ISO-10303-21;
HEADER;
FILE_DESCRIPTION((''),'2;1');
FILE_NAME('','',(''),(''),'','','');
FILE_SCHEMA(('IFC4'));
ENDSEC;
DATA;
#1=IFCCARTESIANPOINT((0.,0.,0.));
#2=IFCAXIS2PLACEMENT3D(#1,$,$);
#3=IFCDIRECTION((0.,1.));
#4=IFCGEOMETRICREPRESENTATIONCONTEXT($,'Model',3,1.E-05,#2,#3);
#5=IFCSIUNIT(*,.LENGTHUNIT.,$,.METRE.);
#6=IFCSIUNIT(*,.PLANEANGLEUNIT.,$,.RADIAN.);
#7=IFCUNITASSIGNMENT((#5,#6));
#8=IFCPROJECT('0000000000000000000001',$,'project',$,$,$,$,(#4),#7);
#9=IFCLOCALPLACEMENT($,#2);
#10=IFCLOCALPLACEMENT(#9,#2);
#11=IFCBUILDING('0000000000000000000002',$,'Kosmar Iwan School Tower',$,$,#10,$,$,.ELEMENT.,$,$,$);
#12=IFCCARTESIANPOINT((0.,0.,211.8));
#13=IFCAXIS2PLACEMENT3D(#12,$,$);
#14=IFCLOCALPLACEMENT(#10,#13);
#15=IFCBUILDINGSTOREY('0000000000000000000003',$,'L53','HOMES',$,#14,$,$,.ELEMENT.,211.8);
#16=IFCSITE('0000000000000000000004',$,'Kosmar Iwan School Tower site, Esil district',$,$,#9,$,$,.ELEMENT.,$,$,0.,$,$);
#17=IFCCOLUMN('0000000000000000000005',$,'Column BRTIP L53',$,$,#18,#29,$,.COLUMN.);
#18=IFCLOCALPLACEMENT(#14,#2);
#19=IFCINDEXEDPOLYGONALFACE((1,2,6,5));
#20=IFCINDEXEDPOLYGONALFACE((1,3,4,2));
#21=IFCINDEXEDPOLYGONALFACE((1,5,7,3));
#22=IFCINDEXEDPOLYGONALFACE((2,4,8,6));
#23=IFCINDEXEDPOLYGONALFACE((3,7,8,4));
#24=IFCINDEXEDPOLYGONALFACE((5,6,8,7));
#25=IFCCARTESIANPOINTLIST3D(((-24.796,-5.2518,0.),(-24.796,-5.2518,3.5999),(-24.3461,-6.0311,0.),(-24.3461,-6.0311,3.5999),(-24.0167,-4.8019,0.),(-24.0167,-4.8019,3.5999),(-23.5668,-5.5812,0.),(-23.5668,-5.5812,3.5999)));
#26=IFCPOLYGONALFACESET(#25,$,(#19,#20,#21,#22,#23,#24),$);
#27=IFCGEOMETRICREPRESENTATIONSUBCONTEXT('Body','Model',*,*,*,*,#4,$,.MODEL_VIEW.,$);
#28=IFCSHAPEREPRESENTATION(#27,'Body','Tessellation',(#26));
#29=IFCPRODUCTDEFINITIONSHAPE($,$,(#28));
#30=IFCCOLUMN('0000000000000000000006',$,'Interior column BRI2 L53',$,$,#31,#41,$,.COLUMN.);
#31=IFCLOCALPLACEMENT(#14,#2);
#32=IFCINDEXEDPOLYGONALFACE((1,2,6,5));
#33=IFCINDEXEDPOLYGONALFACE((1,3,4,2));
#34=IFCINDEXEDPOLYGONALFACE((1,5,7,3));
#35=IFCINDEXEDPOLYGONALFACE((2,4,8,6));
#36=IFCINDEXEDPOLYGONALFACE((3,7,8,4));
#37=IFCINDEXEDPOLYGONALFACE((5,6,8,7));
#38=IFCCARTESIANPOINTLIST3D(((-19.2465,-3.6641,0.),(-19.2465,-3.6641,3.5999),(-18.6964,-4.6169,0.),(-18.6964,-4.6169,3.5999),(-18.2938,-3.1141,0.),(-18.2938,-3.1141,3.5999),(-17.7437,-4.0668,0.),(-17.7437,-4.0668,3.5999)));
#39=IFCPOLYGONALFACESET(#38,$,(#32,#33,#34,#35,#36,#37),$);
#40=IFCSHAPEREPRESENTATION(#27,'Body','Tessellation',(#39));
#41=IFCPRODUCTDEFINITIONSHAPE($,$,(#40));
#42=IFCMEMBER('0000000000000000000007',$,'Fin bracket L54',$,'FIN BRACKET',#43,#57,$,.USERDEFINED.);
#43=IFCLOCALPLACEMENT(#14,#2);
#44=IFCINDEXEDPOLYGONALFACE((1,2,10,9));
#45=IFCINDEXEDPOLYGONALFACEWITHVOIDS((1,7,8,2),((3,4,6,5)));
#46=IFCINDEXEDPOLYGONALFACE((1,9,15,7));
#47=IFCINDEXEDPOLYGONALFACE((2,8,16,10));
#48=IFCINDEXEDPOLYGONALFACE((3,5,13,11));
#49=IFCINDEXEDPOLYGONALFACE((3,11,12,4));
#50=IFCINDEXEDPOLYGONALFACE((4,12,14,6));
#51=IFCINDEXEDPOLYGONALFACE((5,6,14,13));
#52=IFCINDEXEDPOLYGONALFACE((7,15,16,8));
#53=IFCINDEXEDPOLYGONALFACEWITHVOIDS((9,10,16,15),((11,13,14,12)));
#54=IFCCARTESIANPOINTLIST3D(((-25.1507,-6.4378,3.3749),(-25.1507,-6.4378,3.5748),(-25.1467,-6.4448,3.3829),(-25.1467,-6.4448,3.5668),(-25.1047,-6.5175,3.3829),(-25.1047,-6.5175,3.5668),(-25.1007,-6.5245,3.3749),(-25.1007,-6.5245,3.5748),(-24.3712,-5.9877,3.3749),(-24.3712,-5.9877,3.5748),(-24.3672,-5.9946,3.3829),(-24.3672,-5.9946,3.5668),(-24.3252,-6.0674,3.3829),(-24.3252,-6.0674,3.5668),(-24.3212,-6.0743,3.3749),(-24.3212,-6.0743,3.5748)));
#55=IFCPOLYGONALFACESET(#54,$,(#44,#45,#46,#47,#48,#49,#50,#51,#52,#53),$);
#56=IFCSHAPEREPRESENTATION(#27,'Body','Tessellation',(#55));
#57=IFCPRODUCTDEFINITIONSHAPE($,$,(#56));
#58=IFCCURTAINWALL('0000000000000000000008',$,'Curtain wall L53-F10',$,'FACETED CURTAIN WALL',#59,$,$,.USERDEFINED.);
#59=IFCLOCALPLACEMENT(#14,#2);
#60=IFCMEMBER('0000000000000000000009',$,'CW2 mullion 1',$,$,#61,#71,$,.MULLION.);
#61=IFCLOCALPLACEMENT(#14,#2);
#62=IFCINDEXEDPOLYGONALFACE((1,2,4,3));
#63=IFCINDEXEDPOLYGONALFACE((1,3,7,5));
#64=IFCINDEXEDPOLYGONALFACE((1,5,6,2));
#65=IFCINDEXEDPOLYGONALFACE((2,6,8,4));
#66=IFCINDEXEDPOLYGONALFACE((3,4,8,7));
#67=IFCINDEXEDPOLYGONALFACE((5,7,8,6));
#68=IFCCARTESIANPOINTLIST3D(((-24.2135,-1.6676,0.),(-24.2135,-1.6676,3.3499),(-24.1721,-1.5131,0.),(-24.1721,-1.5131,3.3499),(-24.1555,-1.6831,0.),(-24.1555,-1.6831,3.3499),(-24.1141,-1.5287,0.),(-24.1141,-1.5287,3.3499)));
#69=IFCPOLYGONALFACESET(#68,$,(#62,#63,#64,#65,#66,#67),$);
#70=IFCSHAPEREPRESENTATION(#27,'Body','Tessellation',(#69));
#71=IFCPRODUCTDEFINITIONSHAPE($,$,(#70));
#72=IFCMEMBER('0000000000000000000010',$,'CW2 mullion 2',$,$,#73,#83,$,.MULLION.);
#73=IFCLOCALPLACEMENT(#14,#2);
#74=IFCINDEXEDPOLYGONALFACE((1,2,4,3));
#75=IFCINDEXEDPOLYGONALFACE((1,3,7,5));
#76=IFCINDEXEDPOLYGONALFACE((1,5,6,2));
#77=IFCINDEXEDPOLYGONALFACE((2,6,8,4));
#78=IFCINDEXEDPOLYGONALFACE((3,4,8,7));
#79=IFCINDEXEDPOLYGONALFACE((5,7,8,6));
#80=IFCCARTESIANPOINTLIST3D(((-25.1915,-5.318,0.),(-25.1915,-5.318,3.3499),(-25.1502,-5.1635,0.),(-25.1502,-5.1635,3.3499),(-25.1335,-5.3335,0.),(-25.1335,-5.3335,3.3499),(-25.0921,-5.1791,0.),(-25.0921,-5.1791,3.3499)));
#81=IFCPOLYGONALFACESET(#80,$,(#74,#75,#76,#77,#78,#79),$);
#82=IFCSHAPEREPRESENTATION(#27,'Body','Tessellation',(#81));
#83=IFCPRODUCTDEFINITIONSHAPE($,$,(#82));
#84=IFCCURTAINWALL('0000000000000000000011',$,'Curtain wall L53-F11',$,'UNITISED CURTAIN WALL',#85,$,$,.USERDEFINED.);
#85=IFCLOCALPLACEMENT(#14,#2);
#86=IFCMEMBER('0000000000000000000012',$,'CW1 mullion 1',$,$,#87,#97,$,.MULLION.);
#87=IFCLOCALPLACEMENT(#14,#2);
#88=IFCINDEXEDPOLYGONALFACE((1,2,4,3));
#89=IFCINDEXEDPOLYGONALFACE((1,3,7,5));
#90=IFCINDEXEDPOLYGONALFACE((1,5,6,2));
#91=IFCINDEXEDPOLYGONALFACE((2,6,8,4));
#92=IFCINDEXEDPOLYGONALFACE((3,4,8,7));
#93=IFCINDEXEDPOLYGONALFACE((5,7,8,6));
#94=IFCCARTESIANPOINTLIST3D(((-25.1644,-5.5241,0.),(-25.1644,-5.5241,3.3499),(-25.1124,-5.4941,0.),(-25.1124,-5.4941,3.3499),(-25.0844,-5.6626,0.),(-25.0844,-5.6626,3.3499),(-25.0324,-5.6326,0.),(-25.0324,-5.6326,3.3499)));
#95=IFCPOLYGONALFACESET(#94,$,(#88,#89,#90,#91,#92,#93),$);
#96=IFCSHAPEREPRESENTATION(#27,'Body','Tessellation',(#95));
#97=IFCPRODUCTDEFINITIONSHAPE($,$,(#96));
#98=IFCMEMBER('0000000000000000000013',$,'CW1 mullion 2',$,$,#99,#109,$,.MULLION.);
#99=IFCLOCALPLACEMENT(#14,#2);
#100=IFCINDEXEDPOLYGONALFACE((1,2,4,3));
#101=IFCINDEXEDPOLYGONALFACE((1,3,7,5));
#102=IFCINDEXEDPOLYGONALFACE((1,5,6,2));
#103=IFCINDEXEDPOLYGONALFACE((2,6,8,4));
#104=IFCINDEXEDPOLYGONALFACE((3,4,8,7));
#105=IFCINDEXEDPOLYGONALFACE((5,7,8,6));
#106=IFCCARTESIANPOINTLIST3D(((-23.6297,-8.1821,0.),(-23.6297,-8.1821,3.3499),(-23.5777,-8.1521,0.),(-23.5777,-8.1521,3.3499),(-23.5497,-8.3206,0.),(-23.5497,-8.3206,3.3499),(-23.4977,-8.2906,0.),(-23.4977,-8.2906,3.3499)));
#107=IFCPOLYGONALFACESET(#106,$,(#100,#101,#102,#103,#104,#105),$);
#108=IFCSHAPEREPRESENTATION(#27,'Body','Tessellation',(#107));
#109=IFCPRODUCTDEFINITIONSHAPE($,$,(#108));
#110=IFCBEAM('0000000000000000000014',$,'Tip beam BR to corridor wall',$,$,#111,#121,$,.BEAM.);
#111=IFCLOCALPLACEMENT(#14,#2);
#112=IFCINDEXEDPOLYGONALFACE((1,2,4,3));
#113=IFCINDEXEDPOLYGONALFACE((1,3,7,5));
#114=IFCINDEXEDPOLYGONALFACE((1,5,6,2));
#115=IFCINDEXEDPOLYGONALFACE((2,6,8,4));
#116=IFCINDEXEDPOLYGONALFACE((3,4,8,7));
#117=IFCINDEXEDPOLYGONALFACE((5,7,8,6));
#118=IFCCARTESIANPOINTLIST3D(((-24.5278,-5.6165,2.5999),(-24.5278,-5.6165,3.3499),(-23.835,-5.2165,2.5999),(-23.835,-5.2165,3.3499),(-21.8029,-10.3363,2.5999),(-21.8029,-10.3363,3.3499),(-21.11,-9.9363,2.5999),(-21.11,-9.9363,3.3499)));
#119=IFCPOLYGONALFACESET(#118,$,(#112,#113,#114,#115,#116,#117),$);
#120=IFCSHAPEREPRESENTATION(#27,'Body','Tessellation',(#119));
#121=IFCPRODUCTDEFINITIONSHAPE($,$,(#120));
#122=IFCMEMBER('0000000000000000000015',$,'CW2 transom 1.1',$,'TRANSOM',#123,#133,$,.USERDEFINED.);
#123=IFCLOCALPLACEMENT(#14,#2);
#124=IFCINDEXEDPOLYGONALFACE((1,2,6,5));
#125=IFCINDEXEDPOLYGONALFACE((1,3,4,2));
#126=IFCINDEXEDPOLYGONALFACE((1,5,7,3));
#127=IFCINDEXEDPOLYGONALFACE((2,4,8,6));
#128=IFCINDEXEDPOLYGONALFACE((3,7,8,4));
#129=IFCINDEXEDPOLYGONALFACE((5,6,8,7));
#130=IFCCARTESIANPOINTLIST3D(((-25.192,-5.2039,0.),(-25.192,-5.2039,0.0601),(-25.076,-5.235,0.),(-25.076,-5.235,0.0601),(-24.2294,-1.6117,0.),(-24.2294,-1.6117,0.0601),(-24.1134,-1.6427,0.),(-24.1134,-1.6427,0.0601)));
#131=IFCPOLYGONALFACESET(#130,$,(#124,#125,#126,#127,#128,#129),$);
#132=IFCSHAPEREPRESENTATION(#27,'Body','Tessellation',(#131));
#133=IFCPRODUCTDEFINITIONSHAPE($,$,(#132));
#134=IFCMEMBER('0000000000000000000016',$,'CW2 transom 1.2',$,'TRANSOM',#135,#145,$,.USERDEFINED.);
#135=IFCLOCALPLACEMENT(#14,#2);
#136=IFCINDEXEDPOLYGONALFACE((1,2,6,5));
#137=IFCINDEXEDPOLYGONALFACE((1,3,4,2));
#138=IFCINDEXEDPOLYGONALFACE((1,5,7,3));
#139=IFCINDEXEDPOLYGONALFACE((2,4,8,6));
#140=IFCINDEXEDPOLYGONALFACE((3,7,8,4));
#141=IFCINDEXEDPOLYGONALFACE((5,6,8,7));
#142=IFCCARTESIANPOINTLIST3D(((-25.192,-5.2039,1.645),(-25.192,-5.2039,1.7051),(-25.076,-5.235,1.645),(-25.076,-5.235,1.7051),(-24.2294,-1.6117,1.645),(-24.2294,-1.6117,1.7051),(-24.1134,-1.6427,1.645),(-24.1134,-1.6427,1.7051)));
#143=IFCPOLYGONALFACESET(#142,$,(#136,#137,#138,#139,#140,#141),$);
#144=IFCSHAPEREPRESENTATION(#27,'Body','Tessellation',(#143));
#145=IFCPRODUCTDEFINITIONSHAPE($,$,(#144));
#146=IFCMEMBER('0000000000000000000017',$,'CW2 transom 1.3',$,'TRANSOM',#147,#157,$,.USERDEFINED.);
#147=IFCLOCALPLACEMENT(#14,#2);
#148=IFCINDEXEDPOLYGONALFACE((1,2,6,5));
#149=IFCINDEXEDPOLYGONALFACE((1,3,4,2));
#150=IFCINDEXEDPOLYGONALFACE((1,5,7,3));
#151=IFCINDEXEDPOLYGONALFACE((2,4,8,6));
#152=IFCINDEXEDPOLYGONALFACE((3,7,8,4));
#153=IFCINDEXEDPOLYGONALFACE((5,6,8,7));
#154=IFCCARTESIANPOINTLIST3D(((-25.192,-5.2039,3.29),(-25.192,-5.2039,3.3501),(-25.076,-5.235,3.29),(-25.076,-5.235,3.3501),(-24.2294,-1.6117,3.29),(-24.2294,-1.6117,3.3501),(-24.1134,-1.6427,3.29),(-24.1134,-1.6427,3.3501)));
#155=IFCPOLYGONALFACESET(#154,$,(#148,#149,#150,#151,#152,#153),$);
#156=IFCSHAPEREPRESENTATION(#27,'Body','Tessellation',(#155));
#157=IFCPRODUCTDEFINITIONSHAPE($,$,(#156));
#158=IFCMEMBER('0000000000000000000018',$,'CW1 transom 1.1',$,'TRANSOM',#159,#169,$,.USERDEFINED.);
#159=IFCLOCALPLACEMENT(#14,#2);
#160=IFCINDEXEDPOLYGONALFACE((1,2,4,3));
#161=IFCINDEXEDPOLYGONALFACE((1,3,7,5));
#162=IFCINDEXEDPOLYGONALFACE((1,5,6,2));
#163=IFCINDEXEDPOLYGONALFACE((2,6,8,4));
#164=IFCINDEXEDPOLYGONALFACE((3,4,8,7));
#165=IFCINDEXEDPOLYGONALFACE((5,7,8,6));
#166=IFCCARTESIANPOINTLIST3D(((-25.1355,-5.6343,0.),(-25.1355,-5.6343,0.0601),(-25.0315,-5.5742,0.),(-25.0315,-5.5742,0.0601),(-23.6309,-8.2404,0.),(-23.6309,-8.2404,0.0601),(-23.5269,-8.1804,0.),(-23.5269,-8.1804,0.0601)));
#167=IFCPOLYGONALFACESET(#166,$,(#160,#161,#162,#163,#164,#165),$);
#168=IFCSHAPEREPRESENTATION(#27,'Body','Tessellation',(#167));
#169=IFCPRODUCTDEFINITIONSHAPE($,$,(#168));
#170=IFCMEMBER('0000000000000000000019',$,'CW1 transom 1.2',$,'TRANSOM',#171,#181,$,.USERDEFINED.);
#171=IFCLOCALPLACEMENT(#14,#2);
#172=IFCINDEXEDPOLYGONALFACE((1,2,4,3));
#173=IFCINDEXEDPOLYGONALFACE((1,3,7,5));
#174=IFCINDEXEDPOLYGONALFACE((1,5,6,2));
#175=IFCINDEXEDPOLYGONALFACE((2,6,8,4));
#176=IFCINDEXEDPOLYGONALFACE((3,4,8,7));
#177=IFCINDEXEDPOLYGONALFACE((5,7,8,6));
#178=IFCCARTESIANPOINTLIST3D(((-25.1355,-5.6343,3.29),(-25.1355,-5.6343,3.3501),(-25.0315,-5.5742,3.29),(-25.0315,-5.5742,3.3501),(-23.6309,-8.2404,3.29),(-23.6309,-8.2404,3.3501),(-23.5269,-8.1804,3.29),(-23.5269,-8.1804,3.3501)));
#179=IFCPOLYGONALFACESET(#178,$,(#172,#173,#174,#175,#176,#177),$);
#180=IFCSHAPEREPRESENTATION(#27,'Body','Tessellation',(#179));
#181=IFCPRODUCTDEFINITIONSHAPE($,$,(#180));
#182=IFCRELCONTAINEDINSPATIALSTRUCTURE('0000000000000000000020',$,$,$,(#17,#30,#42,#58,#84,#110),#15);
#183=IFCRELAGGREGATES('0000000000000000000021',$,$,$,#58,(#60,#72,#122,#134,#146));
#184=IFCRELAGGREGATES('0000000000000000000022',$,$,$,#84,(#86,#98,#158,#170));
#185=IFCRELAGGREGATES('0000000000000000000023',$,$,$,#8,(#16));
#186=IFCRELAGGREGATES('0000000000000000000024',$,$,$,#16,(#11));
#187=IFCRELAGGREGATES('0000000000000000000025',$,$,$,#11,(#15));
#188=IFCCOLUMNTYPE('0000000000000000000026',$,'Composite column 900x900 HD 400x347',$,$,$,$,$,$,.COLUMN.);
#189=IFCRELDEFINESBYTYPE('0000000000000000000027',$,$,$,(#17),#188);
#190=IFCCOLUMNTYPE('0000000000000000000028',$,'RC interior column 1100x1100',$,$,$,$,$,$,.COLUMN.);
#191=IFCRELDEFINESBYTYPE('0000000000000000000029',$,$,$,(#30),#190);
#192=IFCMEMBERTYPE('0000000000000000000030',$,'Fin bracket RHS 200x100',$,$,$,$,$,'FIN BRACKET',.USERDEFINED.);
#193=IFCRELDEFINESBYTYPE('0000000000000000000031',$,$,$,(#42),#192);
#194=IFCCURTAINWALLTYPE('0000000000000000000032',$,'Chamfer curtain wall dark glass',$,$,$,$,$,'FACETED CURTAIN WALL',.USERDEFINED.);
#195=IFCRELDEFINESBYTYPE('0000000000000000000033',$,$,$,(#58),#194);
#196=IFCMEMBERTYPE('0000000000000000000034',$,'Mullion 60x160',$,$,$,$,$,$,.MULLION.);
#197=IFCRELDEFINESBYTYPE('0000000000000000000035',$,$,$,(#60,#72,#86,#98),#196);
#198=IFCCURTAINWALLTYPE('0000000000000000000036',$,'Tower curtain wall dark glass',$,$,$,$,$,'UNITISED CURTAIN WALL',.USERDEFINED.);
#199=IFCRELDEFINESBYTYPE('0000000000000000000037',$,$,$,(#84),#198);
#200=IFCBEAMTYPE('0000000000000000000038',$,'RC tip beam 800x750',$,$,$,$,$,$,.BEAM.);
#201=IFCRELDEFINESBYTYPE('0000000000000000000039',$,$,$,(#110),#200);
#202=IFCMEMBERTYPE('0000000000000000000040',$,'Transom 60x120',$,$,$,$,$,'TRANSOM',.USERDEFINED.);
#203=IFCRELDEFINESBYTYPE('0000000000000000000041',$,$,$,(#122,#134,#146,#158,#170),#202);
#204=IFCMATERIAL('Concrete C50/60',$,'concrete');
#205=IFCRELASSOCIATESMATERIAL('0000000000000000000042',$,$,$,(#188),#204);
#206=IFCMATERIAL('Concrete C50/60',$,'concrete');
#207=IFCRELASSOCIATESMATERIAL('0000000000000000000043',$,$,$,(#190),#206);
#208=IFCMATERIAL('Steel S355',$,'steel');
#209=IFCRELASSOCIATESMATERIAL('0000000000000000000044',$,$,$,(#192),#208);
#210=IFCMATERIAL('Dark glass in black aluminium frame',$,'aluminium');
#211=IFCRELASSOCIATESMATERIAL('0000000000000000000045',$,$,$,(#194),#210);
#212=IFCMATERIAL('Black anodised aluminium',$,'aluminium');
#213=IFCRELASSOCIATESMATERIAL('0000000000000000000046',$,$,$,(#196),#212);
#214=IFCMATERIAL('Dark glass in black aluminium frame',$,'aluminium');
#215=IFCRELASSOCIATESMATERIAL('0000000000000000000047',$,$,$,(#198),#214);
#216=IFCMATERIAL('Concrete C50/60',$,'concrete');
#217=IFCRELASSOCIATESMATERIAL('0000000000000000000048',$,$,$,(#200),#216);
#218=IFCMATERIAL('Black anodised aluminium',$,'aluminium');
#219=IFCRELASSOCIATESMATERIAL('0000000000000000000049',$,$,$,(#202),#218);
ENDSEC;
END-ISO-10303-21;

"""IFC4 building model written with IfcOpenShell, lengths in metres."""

from ifc_helpers import new_model, si_unit, direction, frame, origin, origin_2d, place, context, subcontext, project, spatial, rectangle, hollow_rectangle, extrude, material, material_profile, profile_set, type_object, element, aggregate, save


model = new_model("IFC4")

# Units and contexts
model_context = context("Model", 3, precision=1e-05, world=origin(), true_north=direction((0.0, 1.0)))
body_context = subcontext(model_context, "Body", "Model", "MODEL_VIEW")
ifc_project = project(units=[si_unit("LENGTHUNIT", "METRE"), si_unit("PLANEANGLEUNIT", "RADIAN")], contexts=[model_context])

# Site, building, storey
site_placement = place(None, origin())
site = spatial("IfcSite", under=ifc_project, at=site_placement, Name="Kosmar Iwan School Tower site, Esil district", CompositionType="ELEMENT", RefElevation=0.0)
building_placement = place(site_placement, origin())
building = spatial("IfcBuilding", under=site, at=building_placement, Name="Kosmar Iwan School Tower", CompositionType="ELEMENT")
storey_placement = place(building_placement, frame((0.0, 0.0, 211.8)))
storey = spatial("IfcBuildingStorey", under=building, at=storey_placement, Name="L53", Description="HOMES", CompositionType="ELEMENT", Elevation=211.8)

# Columns
ifc_material_1 = material(Name="Concrete C50/60", Category="concrete")
ifc_material_profile_1 = material_profile(ifc_material_1, rectangle(XDim=0.8999, YDim=0.8999, at=origin_2d()), Name="RC 900x900 + HD 400x347")
ifc_profile_set_1 = profile_set([ifc_material_profile_1], Name="Concrete C50/60")
column_type_1 = type_object("IfcColumnType", Name="Composite column 900x900 HD 400x347", PredefinedType="COLUMN", material=ifc_profile_set_1)
column_1_placement = place(storey_placement, frame((-24.1814, -5.4165, 0.0), z_axis=(0.0, 0.0, 1.0), x_axis=(-0.866025, -0.5, 0.0)))
element("IfcColumn", 1, at=column_1_placement, inside=storey, type_object=column_type_1, Name="Column BRTIP L53", PredefinedType="COLUMN", context=body_context, shape_type="SweptSolid", body=[
    extrude(rectangle(XDim=0.8999, YDim=0.8999, at=origin_2d()), origin(), (0.0, 0.0, 1.0), 3.5999),
])
ifc_material_2 = material(Name="Concrete C50/60", Category="concrete")
ifc_material_profile_2 = material_profile(ifc_material_2, rectangle(XDim=1.1001, YDim=1.1001, at=origin_2d()), Name="RC 1100x1100")
ifc_profile_set_2 = profile_set([ifc_material_profile_2], Name="Concrete C50/60")
column_type_2 = type_object("IfcColumnType", Name="RC interior column 1100x1100", PredefinedType="COLUMN", material=ifc_profile_set_2)
column_2_placement = place(storey_placement, frame((-18.4951, -3.8655, 0.0), z_axis=(0.0, 0.0, 1.0), x_axis=(-0.866025, -0.5, 0.0)))
element("IfcColumn", 2, at=column_2_placement, inside=storey, type_object=column_type_2, Name="Interior column BRI2 L53", PredefinedType="COLUMN", context=body_context, shape_type="SweptSolid", body=[
    extrude(rectangle(XDim=1.1001, YDim=1.1001, at=origin_2d()), origin(), (0.0, 0.0, 1.0), 3.5999),
])

# Member
ifc_material_3 = material(Name="Steel S355", Category="steel")
ifc_material_profile_3 = material_profile(ifc_material_3, hollow_rectangle(XDim=0.1001, YDim=0.2, WallThickness=0.0081, at=origin_2d()), Name="RHS 200x100x8")
ifc_profile_set_3 = profile_set([ifc_material_profile_3], Name="Steel S355")
member_type_1 = type_object("IfcMemberType", Name="Fin bracket RHS 200x100", ElementType="FIN BRACKET", PredefinedType="USERDEFINED", material=ifc_profile_set_3)
member_1_placement = place(storey_placement, frame((-24.3462, -6.031, 3.4749), z_axis=(-0.865964, -0.500106, 0.0), x_axis=(0.500106, -0.865964, 0.0)))
element("IfcMember", 3, at=member_1_placement, inside=storey, type_object=member_type_1, Name="Fin bracket L54", ObjectType="FIN BRACKET", PredefinedType="USERDEFINED", context=body_context, shape_type="SweptSolid", body=[
    extrude(hollow_rectangle(XDim=0.1001, YDim=0.2, WallThickness=0.0081, at=origin_2d()), origin(), (0.0, 0.0, 1.0), 0.9001),
])

# Curtain walls, members
ifc_material_4 = material(Name="Dark glass in black aluminium frame", Category="aluminium")
curtain_wall_type_1 = type_object("IfcCurtainWallType", Name="Chamfer curtain wall dark glass", ElementType="FACETED CURTAIN WALL", PredefinedType="USERDEFINED", material=ifc_material_4)
curtain_wall_1_placement = place(storey_placement, origin())
curtain_wall_1 = element("IfcCurtainWall", 4, at=curtain_wall_1_placement, inside=storey, type_object=curtain_wall_type_1, Name="Curtain wall L53-F10", ObjectType="FACETED CURTAIN WALL", PredefinedType="USERDEFINED")
ifc_material_5 = material(Name="Black anodised aluminium", Category="aluminium")
ifc_material_profile_4 = material_profile(ifc_material_5, rectangle(XDim=0.0601, YDim=0.1599, at=origin_2d()), Name="MULLION 60x160")
ifc_profile_set_4 = profile_set([ifc_material_profile_4], Name="Black anodised aluminium")
member_type_2 = type_object("IfcMemberType", Name="Mullion 60x160", PredefinedType="MULLION", material=ifc_profile_set_4)
member_2_placement = place(storey_placement, frame((-24.1638, -1.5981, 0.0), z_axis=(0.0, 0.0, 1.0), x_axis=(0.965926, -0.258819, 0.0)))
member_2 = element("IfcMember", 5, at=member_2_placement, type_object=member_type_2, Name="CW2 mullion 1", PredefinedType="MULLION", context=body_context, shape_type="SweptSolid", body=[
    extrude(rectangle(XDim=0.0601, YDim=0.1599, at=origin_2d()), origin(), (0.0, 0.0, 1.0), 3.3499),
])
member_3_placement = place(storey_placement, frame((-25.1418, -5.2485, 0.0), z_axis=(0.0, 0.0, 1.0), x_axis=(0.965926, -0.258819, 0.0)))
member_3 = element("IfcMember", 6, at=member_3_placement, type_object=member_type_2, Name="CW2 mullion 2", PredefinedType="MULLION", context=body_context, shape_type="SweptSolid", body=[
    extrude(rectangle(XDim=0.0601, YDim=0.1599, at=origin_2d()), origin(), (0.0, 0.0, 1.0), 3.3499),
])
ifc_material_6 = material(Name="Dark glass in black aluminium frame", Category="aluminium")
curtain_wall_type_2 = type_object("IfcCurtainWallType", Name="Tower curtain wall dark glass", ElementType="UNITISED CURTAIN WALL", PredefinedType="USERDEFINED", material=ifc_material_6)
curtain_wall_2_placement = place(storey_placement, origin())
curtain_wall_2 = element("IfcCurtainWall", 7, at=curtain_wall_2_placement, inside=storey, type_object=curtain_wall_type_2, Name="Curtain wall L53-F11", ObjectType="UNITISED CURTAIN WALL", PredefinedType="USERDEFINED")
member_4_placement = place(storey_placement, frame((-25.0984, -5.5784, 0.0), z_axis=(0.0, 0.0, 1.0), x_axis=(0.866025, 0.5, 0.0)))
member_4 = element("IfcMember", 8, at=member_4_placement, type_object=member_type_2, Name="CW1 mullion 1", PredefinedType="MULLION", context=body_context, shape_type="SweptSolid", body=[
    extrude(rectangle(XDim=0.0601, YDim=0.1599, at=origin_2d()), origin(), (0.0, 0.0, 1.0), 3.3499),
])
member_5_placement = place(storey_placement, frame((-23.5637, -8.2363, 0.0), z_axis=(0.0, 0.0, 1.0), x_axis=(0.866025, 0.5, 0.0)))
member_5 = element("IfcMember", 9, at=member_5_placement, type_object=member_type_2, Name="CW1 mullion 2", PredefinedType="MULLION", context=body_context, shape_type="SweptSolid", body=[
    extrude(rectangle(XDim=0.0601, YDim=0.1599, at=origin_2d()), origin(), (0.0, 0.0, 1.0), 3.3499),
])

# Beam
ifc_material_7 = material(Name="Concrete C50/60", Category="concrete")
ifc_material_profile_5 = material_profile(ifc_material_7, rectangle(XDim=0.8, YDim=0.75, at=origin_2d()), Name="RC 800x750")
ifc_profile_set_5 = profile_set([ifc_material_profile_5], Name="Concrete C50/60")
beam_type = type_object("IfcBeamType", Name="RC tip beam 800x750", PredefinedType="BEAM", material=ifc_profile_set_5)
beam_placement = place(storey_placement, frame((-24.1814, -5.4165, 2.9749), z_axis=(0.499989, -0.866032, 0.0), x_axis=(0.866032, 0.499989, 0.0)))
element("IfcBeam", 10, at=beam_placement, inside=storey, type_object=beam_type, Name="Tip beam BR to corridor wall", PredefinedType="BEAM", context=body_context, shape_type="SweptSolid", body=[
    extrude(rectangle(XDim=0.8, YDim=0.75, at=origin_2d()), origin(), (0.0, 0.0, 1.0), 5.45),
])

# Members
ifc_material_8 = material(Name="Black anodised aluminium", Category="aluminium")
ifc_material_profile_6 = material_profile(ifc_material_8, rectangle(XDim=0.1201, YDim=0.0601, at=origin_2d()), Name="TRANSOM 60x120")
ifc_profile_set_6 = profile_set([ifc_material_profile_6], Name="Black anodised aluminium")
member_type_3 = type_object("IfcMemberType", Name="Transom 60x120", ElementType="TRANSOM", PredefinedType="USERDEFINED", material=ifc_profile_set_6)
member_6_placement = place(storey_placement, frame((-24.1714, -1.6272, 0.03), z_axis=(-0.258843, -0.965919, 0.0), x_axis=(0.965919, -0.258843, 0.0)))
member_6 = element("IfcMember", 11, at=member_6_placement, type_object=member_type_3, Name="CW2 transom 1.1", ObjectType="TRANSOM", PredefinedType="USERDEFINED", context=body_context, shape_type="SweptSolid", body=[
    extrude(rectangle(XDim=0.1201, YDim=0.0601, at=origin_2d()), origin(), (0.0, 0.0, 1.0), 3.719),
])
member_7_placement = place(storey_placement, frame((-24.1714, -1.6272, 1.675), z_axis=(-0.258843, -0.965919, 0.0), x_axis=(0.965919, -0.258843, 0.0)))
member_7 = element("IfcMember", 12, at=member_7_placement, type_object=member_type_3, Name="CW2 transom 1.2", ObjectType="TRANSOM", PredefinedType="USERDEFINED", context=body_context, shape_type="SweptSolid", body=[
    extrude(rectangle(XDim=0.1201, YDim=0.0601, at=origin_2d()), origin(), (0.0, 0.0, 1.0), 3.719),
])
member_8_placement = place(storey_placement, frame((-24.1714, -1.6272, 3.3201), z_axis=(-0.258843, -0.965919, 0.0), x_axis=(0.965919, -0.258843, 0.0)))
member_8 = element("IfcMember", 13, at=member_8_placement, type_object=member_type_3, Name="CW2 transom 1.3", ObjectType="TRANSOM", PredefinedType="USERDEFINED", context=body_context, shape_type="SweptSolid", body=[
    extrude(rectangle(XDim=0.1201, YDim=0.0601, at=origin_2d()), origin(), (0.0, 0.0, 1.0), 3.719),
])
member_9_placement = place(storey_placement, frame((-25.0835, -5.6042, 0.03), z_axis=(0.499987, -0.866033, 0.0), x_axis=(0.866033, 0.499987, 0.0)))
member_9 = element("IfcMember", 14, at=member_9_placement, type_object=member_type_3, Name="CW1 transom 1.1", ObjectType="TRANSOM", PredefinedType="USERDEFINED", context=body_context, shape_type="SweptSolid", body=[
    extrude(rectangle(XDim=0.1201, YDim=0.0601, at=origin_2d()), origin(), (0.0, 0.0, 1.0), 3.0093),
])
member_10_placement = place(storey_placement, frame((-25.0835, -5.6042, 3.3201), z_axis=(0.499987, -0.866033, 0.0), x_axis=(0.866033, 0.499987, 0.0)))
member_10 = element("IfcMember", 15, at=member_10_placement, type_object=member_type_3, Name="CW1 transom 1.2", ObjectType="TRANSOM", PredefinedType="USERDEFINED", context=body_context, shape_type="SweptSolid", body=[
    extrude(rectangle(XDim=0.1201, YDim=0.0601, at=origin_2d()), origin(), (0.0, 0.0, 1.0), 3.0093),
])

aggregate(curtain_wall_1, [member_2, member_3, member_6, member_7, member_8])
aggregate(curtain_wall_2, [member_4, member_5, member_9, member_10])

save(model, "model.ifc")
